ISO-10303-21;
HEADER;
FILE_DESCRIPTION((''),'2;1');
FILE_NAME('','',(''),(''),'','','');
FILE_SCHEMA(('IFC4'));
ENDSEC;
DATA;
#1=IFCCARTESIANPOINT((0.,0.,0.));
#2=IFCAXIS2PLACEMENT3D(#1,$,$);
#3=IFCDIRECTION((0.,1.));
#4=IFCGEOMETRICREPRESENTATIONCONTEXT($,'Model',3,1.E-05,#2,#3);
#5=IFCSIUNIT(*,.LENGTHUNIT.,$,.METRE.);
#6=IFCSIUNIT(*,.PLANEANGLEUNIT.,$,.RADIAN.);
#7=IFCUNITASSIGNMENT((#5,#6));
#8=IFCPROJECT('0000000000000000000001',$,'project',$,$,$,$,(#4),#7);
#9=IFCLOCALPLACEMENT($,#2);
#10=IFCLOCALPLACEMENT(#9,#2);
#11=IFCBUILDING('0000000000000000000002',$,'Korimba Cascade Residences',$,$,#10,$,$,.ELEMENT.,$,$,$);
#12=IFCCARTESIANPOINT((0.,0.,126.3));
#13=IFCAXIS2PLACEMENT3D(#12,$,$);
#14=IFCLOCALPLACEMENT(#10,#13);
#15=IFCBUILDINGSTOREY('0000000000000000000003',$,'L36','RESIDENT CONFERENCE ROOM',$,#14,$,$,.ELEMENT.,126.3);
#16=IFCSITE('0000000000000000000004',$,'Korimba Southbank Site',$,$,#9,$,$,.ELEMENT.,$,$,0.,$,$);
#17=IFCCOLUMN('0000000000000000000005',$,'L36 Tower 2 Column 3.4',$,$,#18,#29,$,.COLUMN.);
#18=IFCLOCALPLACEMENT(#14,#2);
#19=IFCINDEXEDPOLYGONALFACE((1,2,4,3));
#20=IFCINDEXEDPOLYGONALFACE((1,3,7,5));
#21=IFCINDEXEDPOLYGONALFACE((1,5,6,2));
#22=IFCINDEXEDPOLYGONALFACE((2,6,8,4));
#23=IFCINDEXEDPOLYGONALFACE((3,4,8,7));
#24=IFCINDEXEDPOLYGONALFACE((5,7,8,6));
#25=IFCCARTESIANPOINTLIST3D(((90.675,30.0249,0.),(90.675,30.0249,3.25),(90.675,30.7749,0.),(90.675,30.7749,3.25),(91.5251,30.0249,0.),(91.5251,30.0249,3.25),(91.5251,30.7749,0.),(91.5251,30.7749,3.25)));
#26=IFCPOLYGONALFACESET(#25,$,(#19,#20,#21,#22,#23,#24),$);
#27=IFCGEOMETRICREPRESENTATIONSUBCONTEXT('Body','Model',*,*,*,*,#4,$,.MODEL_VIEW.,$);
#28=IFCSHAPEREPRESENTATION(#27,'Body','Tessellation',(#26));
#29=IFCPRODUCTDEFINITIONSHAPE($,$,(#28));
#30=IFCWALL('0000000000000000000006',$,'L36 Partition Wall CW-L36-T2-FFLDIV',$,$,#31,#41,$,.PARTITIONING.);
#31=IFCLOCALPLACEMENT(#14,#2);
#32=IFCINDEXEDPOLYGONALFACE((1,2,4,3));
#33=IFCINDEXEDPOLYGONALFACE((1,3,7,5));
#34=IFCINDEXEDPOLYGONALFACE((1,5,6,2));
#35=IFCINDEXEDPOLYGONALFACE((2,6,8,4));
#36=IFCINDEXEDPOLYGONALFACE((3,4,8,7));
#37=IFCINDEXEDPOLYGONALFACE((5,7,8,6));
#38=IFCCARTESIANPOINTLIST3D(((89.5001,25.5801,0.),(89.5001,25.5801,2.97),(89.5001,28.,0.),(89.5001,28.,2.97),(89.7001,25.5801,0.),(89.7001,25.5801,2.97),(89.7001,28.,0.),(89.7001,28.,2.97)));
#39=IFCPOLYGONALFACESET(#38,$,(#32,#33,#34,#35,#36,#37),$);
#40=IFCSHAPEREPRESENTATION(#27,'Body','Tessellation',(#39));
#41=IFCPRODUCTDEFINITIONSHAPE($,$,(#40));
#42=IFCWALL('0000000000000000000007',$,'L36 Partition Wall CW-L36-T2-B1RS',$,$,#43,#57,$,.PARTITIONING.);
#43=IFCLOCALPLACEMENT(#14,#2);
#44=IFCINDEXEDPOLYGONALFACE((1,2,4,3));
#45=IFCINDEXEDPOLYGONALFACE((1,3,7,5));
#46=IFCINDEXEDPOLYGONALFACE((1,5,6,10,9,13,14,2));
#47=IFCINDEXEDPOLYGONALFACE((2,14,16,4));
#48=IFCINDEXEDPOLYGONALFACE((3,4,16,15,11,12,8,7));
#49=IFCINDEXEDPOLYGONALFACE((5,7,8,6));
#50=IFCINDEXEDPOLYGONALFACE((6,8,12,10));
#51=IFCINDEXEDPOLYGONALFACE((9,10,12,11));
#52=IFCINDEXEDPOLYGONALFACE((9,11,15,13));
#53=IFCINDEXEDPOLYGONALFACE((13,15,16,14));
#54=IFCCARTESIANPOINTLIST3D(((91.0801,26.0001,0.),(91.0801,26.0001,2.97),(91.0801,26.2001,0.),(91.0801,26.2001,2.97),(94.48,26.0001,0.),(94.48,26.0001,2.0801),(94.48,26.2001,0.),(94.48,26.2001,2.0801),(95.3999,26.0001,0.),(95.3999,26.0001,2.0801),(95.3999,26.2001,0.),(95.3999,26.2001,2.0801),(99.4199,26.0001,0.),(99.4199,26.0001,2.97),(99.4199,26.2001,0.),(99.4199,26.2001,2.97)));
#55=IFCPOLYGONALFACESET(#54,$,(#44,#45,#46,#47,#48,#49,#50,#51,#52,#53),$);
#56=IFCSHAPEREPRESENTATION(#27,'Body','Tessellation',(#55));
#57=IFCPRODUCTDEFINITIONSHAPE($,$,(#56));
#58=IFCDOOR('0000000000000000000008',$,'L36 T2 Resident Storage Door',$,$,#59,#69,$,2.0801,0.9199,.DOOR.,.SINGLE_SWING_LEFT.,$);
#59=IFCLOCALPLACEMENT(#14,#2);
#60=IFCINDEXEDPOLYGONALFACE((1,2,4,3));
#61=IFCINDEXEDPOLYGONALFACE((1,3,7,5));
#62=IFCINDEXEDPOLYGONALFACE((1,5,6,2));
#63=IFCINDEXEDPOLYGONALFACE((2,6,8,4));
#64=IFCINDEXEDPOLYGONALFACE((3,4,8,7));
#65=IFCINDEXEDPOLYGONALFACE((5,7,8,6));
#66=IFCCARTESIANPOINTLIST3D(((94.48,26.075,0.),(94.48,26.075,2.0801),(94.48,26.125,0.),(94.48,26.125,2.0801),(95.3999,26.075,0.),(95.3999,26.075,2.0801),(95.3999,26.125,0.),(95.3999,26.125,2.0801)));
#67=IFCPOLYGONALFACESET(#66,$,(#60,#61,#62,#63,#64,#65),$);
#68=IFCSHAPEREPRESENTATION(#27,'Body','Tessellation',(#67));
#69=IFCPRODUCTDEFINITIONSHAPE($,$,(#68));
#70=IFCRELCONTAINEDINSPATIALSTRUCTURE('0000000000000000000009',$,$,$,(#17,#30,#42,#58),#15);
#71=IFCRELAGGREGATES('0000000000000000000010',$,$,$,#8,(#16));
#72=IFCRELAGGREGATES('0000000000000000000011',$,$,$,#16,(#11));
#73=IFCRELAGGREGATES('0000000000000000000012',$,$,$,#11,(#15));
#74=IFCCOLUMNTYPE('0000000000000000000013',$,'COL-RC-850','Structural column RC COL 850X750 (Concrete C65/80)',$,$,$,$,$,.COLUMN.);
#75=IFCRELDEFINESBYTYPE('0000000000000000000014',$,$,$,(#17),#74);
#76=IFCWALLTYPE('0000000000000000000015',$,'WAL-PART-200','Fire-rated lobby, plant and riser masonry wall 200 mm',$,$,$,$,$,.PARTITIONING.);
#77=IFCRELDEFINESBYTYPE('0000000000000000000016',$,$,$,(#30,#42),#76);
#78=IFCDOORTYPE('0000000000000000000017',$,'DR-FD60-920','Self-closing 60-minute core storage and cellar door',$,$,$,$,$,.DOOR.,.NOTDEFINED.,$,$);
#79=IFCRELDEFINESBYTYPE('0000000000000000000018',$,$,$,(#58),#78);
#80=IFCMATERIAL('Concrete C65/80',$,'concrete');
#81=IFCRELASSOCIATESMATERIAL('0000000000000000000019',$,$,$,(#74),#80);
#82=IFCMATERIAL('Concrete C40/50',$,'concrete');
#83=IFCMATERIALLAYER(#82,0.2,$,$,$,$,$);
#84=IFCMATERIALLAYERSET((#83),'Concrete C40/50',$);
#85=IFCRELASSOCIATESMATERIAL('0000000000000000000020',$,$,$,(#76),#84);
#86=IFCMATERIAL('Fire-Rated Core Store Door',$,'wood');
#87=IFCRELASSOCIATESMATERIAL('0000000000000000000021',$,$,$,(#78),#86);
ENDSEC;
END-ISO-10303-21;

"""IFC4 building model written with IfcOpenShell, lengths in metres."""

from ifc_helpers import new_model, si_unit, direction, frame, frame_2d, origin, origin_2d, place, context, subcontext, project, spatial, rectangle, extrude, material, layer, layer_set, material_profile, profile_set, type_object, element, fill, save


model = new_model("IFC4")

# Units and contexts
model_context = context("Model", 3, precision=1e-05, world=origin(), true_north=direction((0.0, 1.0)))
body_context = subcontext(model_context, "Body", "Model", "MODEL_VIEW")
ifc_project = project(units=[si_unit("LENGTHUNIT", "METRE"), si_unit("PLANEANGLEUNIT", "RADIAN")], contexts=[model_context])

# Site, building, storey
site_placement = place(None, origin())
site = spatial("IfcSite", under=ifc_project, at=site_placement, Name="Korimba Southbank Site", CompositionType="ELEMENT", RefElevation=0.0)
building_placement = place(site_placement, origin())
building = spatial("IfcBuilding", under=site, at=building_placement, Name="Korimba Cascade Residences", CompositionType="ELEMENT")
storey_placement = place(building_placement, frame((0.0, 0.0, 126.3)))
storey = spatial("IfcBuildingStorey", under=building, at=storey_placement, Name="L36", Description="RESIDENT CONFERENCE ROOM", CompositionType="ELEMENT", Elevation=126.3)

# Column
ifc_material_1 = material(Name="Concrete C65/80", Category="concrete")
ifc_material_profile = material_profile(ifc_material_1, rectangle(XDim=0.8501, YDim=0.75, at=origin_2d()), Name="Concrete C65/80")
ifc_profile_set = profile_set([ifc_material_profile], Name="Concrete C65/80")
column_type = type_object("IfcColumnType", Name="COL-RC-850", Description="Structural column RC COL 850X750 (Concrete C65/80)", PredefinedType="COLUMN", material=ifc_profile_set)
column_placement = place(storey_placement, frame((91.1001, 30.3999, 0.0), z_axis=(0.0, 0.0, 1.0), x_axis=(1.0, 0.0, 0.0)))
element("IfcColumn", 1, at=column_placement, inside=storey, type_object=column_type, Name="L36 Tower 2 Column 3.4", PredefinedType="COLUMN", context=body_context, shape_type="SweptSolid", body=[
    extrude(rectangle(XDim=0.8501, YDim=0.75, at=origin_2d()), origin(), (0.0, 0.0, 1.0), 3.25),
])

# Wall
ifc_material_2 = material(Name="Concrete C40/50", Category="concrete")
ifc_layer_1 = layer(ifc_material_2, 0.2)
ifc_layer_set_1 = layer_set([ifc_layer_1], Name="Concrete C40/50")
wall_type_1 = type_object("IfcWallType", Name="WAL-PART-200", Description="Fire-rated lobby, plant and riser masonry wall 200 mm", PredefinedType="PARTITIONING", material=ifc_layer_set_1)
wall_1_placement = place(storey_placement, frame((89.6001, 25.5801, 0.0), z_axis=(0.0, 0.0, 1.0), x_axis=(0.0, 1.0, 0.0)))
element("IfcWall", 2, at=wall_1_placement, inside=storey, type_object=wall_type_1, Name="L36 Partition Wall CW-L36-T2-FFLDIV", PredefinedType="PARTITIONING", context=body_context, shape_type="SweptSolid", body=[
    extrude(rectangle(XDim=2.4199, YDim=0.2, at=frame_2d((1.21, 0.0))), origin(), (0.0, 0.0, 1.0), 2.97),
])

# Wall, opening, door
wall_2_placement = place(storey_placement, frame((91.0801, 26.1001, 0.0), z_axis=(0.0, 0.0, 1.0), x_axis=(1.0, 0.0, 0.0)))
wall_2 = element("IfcWall", 3, at=wall_2_placement, inside=storey, type_object=wall_type_1, Name="L36 Partition Wall CW-L36-T2-B1RS", PredefinedType="PARTITIONING", context=body_context, shape_type="SweptSolid", body=[
    extrude(rectangle(XDim=8.3398, YDim=0.2, at=frame_2d((4.1699, 0.0))), origin(), (0.0, 0.0, 1.0), 2.97),
])
opening_1_placement = place(wall_2_placement, frame((3.3999, 0.0, 0.0)))
opening_1 = element("IfcOpeningElement", 4, at=opening_1_placement, cuts=wall_2, PredefinedType="OPENING", context=body_context, shape_type="SweptSolid", body=[
    extrude(rectangle(XDim=0.9199, YDim=2.0801, at=frame_2d((0.46, 1.04))), frame((0.0, 0.1099, 0.0), z_axis=(0.0, -1.0, 0.0), x_axis=(1.0, 0.0, 0.0)), (0.0, 0.0, 1.0), 0.22),
])
ifc_material_3 = material(Name="Fire-Rated Core Store Door", Category="wood")
door_type_1 = type_object("IfcDoorType", Name="DR-FD60-920", Description="Self-closing 60-minute core storage and cellar door", OperationType="NOTDEFINED", PredefinedType="DOOR", material=ifc_material_3)
door_1_placement = place(opening_1_placement, origin())
door_1 = element("IfcDoor", 5, at=door_1_placement, inside=storey, type_object=door_type_1, Name="L36 T2 Resident Storage Door", OperationType="SINGLE_SWING_LEFT", OverallHeight=2.0801, OverallWidth=0.9199, PredefinedType="DOOR", context=body_context, shape_type="SweptSolid", body=[
    extrude(rectangle(XDim=0.9199, YDim=2.0801, at=frame_2d((0.46, 1.04))), frame((0.0, 0.0249, 0.0), z_axis=(0.0, -1.0, 0.0), x_axis=(1.0, 0.0, 0.0)), (0.0, 0.0, 1.0), 0.05),
])
fill(opening_1, door_1)

save(model, "model.ifc")
